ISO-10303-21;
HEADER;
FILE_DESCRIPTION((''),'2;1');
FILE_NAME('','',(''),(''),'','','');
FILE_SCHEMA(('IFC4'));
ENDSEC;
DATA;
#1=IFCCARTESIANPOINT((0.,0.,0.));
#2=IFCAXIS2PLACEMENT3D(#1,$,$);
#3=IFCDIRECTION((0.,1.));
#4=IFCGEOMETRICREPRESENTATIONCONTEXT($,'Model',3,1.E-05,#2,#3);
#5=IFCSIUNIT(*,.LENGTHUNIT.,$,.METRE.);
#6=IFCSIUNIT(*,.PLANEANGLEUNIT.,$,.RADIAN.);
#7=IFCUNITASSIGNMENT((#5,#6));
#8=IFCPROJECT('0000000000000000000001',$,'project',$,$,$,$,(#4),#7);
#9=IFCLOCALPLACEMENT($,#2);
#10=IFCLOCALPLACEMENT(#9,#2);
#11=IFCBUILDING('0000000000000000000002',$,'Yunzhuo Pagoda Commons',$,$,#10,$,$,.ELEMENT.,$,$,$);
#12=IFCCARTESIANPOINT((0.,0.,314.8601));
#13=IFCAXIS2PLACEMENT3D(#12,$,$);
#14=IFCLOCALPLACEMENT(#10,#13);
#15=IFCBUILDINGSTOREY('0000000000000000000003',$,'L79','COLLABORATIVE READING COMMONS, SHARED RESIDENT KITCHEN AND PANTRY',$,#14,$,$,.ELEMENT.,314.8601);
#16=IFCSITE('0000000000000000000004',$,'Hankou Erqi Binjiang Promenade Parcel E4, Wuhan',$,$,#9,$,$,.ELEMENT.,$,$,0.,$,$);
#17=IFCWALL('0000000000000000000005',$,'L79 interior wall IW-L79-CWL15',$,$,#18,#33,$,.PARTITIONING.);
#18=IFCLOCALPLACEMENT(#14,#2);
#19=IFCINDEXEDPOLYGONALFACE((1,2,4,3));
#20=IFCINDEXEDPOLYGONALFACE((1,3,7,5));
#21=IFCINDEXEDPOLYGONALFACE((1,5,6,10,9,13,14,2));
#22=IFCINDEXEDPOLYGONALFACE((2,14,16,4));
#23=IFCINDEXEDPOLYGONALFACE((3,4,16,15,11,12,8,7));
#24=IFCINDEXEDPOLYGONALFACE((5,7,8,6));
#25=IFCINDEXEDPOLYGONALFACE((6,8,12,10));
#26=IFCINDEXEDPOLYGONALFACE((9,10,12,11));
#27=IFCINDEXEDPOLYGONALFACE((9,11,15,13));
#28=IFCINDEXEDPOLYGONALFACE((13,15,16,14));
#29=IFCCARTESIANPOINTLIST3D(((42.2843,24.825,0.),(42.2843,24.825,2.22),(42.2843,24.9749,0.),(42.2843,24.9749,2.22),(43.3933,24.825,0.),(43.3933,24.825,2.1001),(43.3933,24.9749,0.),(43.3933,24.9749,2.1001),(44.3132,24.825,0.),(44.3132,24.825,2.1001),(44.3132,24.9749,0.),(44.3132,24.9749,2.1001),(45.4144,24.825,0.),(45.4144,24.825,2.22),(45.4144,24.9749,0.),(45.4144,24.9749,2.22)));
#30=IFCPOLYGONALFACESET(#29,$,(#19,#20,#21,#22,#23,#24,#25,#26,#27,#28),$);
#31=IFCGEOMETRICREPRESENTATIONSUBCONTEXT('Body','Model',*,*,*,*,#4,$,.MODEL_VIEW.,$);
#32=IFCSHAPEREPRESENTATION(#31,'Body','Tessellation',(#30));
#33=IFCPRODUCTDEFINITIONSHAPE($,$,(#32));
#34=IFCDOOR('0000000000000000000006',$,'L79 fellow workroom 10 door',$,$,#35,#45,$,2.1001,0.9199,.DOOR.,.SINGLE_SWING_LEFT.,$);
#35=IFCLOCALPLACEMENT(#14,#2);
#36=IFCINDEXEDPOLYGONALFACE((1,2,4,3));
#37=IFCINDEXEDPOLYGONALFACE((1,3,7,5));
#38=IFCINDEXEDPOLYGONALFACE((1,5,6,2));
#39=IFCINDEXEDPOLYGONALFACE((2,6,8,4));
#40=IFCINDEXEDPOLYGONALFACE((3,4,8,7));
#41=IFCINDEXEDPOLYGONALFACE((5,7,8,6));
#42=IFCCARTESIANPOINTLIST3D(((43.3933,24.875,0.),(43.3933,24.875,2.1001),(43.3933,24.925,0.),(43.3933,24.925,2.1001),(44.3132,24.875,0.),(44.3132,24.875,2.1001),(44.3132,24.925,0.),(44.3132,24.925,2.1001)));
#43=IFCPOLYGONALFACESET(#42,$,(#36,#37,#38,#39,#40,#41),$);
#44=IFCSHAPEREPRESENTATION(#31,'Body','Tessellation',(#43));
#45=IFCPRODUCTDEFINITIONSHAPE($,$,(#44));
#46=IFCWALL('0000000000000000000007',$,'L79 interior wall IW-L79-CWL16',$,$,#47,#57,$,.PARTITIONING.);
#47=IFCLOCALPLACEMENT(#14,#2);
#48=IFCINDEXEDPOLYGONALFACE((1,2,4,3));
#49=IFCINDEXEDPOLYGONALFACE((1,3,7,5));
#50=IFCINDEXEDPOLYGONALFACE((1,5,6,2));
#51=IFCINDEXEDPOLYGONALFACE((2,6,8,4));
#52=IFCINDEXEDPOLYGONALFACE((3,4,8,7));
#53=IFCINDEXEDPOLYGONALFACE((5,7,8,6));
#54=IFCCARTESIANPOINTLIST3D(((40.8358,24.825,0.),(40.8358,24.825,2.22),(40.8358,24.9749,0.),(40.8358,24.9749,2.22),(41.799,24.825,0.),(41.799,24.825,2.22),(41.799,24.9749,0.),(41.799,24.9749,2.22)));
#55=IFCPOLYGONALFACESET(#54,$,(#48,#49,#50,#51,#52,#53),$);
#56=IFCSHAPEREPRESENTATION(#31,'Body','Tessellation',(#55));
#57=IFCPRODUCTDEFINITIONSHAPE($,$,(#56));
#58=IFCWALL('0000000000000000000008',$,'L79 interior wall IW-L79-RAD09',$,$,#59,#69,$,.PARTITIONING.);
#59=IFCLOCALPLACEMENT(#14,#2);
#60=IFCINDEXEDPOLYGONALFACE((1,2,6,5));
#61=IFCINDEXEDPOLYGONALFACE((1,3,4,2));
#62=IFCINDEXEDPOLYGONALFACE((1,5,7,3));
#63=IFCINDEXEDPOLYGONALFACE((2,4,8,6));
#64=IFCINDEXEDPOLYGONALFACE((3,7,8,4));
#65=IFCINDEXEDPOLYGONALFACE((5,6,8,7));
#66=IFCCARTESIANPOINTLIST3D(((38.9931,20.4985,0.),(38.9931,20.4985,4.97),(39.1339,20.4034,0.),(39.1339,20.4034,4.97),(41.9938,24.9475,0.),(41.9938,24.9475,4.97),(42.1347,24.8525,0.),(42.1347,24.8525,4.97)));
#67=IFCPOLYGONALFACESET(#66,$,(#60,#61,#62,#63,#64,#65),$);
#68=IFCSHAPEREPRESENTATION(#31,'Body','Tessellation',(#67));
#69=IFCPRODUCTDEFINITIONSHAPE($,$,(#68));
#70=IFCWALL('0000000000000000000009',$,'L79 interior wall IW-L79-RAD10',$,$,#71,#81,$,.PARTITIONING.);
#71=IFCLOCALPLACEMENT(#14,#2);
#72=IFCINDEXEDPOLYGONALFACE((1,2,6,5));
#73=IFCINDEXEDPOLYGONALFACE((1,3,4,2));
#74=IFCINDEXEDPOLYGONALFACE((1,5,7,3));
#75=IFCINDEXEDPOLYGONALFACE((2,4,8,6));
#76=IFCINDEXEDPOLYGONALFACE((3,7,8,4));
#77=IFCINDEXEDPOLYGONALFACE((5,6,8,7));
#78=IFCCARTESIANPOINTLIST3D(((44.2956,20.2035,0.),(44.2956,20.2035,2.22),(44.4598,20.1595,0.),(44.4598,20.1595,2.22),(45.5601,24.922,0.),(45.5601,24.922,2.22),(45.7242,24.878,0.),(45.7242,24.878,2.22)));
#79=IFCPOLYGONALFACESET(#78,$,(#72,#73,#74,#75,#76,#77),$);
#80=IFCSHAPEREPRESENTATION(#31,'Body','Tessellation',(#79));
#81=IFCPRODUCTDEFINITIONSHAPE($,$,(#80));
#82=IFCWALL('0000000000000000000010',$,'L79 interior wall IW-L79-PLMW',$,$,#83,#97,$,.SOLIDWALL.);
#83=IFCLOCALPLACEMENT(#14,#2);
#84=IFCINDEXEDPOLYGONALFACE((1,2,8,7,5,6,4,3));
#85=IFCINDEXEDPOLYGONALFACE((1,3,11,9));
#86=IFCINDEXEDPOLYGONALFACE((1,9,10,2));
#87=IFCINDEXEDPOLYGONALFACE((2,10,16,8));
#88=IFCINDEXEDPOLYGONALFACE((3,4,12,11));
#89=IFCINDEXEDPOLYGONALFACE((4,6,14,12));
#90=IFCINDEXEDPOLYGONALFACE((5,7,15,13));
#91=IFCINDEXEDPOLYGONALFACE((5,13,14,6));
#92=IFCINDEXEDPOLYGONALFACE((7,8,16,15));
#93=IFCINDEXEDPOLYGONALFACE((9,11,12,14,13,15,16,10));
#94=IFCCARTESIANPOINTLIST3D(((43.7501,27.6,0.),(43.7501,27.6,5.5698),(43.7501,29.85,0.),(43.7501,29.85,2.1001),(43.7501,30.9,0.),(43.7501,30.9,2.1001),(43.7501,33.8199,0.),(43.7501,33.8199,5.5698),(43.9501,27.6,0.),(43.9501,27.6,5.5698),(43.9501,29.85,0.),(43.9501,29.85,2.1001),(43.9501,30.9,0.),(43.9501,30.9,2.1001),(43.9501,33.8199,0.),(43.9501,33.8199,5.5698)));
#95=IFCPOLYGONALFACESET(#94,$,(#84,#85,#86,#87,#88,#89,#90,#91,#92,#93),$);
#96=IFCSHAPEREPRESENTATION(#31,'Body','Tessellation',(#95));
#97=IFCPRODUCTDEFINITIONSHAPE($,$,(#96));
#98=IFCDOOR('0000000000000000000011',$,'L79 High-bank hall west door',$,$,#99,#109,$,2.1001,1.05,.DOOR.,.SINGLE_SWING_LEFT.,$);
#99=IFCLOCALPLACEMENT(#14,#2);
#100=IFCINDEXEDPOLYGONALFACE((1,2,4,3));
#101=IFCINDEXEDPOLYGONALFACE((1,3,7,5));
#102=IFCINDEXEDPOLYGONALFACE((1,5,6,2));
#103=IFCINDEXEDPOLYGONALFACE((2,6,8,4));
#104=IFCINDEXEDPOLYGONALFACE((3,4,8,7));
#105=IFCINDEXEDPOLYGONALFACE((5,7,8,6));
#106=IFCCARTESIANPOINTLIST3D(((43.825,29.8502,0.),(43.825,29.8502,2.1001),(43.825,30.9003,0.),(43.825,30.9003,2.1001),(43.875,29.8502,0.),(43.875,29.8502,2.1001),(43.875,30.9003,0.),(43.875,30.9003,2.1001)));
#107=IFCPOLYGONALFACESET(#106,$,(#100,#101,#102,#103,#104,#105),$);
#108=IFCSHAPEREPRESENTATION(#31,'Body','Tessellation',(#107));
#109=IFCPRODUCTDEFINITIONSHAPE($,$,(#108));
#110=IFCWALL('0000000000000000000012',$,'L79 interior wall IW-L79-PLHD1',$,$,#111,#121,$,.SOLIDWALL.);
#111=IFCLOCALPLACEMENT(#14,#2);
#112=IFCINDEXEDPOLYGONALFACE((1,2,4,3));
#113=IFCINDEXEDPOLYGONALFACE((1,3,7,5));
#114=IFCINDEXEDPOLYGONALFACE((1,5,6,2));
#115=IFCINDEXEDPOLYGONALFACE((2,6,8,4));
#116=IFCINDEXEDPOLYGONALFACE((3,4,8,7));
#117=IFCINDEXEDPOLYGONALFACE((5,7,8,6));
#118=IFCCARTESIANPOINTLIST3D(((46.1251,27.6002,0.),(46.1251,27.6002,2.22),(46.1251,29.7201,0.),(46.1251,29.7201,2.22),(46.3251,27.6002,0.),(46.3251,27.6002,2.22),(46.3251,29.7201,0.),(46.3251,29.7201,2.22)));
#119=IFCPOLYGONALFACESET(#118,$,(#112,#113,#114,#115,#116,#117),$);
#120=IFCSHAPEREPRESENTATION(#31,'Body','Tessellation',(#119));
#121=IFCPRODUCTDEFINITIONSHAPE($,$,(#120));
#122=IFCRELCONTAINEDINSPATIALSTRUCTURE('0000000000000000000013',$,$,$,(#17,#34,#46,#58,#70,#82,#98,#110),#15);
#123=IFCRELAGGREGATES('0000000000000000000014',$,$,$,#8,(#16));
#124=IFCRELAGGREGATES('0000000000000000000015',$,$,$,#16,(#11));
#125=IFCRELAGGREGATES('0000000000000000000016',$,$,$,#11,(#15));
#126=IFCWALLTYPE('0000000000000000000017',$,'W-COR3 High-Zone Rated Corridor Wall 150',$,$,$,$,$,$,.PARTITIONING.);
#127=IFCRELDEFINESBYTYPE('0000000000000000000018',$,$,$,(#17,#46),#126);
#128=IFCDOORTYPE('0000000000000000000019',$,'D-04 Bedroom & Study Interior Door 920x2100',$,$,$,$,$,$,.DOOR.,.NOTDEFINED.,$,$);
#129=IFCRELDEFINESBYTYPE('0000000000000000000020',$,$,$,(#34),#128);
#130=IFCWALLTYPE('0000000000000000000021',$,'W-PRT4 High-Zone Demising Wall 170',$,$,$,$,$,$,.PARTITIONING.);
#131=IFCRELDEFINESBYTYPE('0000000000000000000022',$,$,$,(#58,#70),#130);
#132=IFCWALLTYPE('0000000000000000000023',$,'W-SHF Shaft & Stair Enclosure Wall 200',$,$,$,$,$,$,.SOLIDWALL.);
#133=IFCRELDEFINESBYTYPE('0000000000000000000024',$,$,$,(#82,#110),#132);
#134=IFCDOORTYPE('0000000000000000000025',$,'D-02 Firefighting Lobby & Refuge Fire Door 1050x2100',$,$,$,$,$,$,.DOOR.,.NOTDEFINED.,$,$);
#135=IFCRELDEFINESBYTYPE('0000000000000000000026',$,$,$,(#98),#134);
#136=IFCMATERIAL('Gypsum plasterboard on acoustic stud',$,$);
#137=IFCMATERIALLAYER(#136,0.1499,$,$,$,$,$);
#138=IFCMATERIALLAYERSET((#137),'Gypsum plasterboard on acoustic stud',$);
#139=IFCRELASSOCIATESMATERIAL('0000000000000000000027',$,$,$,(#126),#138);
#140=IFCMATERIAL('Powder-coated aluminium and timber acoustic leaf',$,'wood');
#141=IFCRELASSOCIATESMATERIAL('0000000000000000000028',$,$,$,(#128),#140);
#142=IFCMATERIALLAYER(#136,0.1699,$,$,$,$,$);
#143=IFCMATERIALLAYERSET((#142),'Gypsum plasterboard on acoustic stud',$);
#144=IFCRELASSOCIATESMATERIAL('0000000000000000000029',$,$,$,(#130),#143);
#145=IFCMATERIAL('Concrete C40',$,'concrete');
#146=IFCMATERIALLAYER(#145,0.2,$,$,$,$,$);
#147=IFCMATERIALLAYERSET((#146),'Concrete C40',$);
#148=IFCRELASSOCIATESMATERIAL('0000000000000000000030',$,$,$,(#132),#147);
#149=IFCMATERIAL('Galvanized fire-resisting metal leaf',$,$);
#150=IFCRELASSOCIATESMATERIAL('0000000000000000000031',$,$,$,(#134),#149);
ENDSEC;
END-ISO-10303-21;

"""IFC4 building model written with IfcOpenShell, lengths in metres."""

from ifc_helpers import new_model, si_unit, direction, frame, frame_2d, origin, origin_with_axes, place, context, subcontext, project, spatial, rectangle, extrude, source, transform, mapped, material, layer, layer_set, type_object, element, fill, save


model = new_model("IFC4")

# Units and contexts
model_context = context("Model", 3, precision=1e-05, world=origin(), true_north=direction((0.0, 1.0)))
body_context = subcontext(model_context, "Body", "Model", "MODEL_VIEW")
ifc_project = project(units=[si_unit("LENGTHUNIT", "METRE"), si_unit("PLANEANGLEUNIT", "RADIAN")], contexts=[model_context])

# Site, building, storey
site_placement = place(None, origin())
site = spatial("IfcSite", under=ifc_project, at=site_placement, Name="Hankou Erqi Binjiang Promenade Parcel E4, Wuhan", CompositionType="ELEMENT", RefElevation=0.0)
building_placement = place(site_placement, origin())
building = spatial("IfcBuilding", under=site, at=building_placement, Name="Yunzhuo Pagoda Commons", CompositionType="ELEMENT")
storey_placement = place(building_placement, frame((0.0, 0.0, 314.8601)))
storey = spatial("IfcBuildingStorey", under=building, at=storey_placement, Name="L79", Description="COLLABORATIVE READING COMMONS, SHARED RESIDENT KITCHEN AND PANTRY", CompositionType="ELEMENT", Elevation=314.8601)

# Shared definitions
ifc_material_1 = material(Name="Gypsum plasterboard on acoustic stud")
ifc_layer_1 = layer(ifc_material_1, 0.1499)
ifc_layer_set_1 = layer_set([ifc_layer_1], Name="Gypsum plasterboard on acoustic stud")
wall_type_1 = type_object("IfcWallType", Name="W-COR3 High-Zone Rated Corridor Wall 150", PredefinedType="PARTITIONING", material=ifc_layer_set_1)
ifc_material_2 = material(Name="Galvanized fire-resisting metal leaf")

# Wall, opening, door
wall_1_placement = place(storey_placement, frame((45.4143, 24.8999, 0.0), z_axis=(0.0, 0.0, 1.0), x_axis=(-1.0, 0.0, 0.0)))
wall_1 = element("IfcWall", 1, at=wall_1_placement, inside=storey, type_object=wall_type_1, Name="L79 interior wall IW-L79-CWL15", PredefinedType="PARTITIONING", context=body_context, shape_type="SweptSolid", body=[
    extrude(rectangle(XDim=3.1301, YDim=0.1499, at=frame_2d((1.5649, 0.0))), origin(), (0.0, 0.0, 1.0), 2.22),
])
opening_1_placement = place(wall_1_placement, frame((1.1011, 0.0, 0.0)))
opening_1 = element("IfcOpeningElement", 2, at=opening_1_placement, cuts=wall_1, PredefinedType="OPENING", context=body_context, shape_type="SweptSolid", body=[
    extrude(rectangle(XDim=0.9199, YDim=2.1001, at=frame_2d((0.46, 1.05))), frame((0.0, 0.085, 0.0), z_axis=(0.0, -1.0, 0.0), x_axis=(1.0, 0.0, 0.0)), (0.0, 0.0, 1.0), 0.1699),
])
ifc_material_3 = material(Name="Powder-coated aluminium and timber acoustic leaf", Category="wood")
door_type_1 = type_object("IfcDoorType", Name="D-04 Bedroom & Study Interior Door 920x2100", OperationType="NOTDEFINED", PredefinedType="DOOR", material=ifc_material_3)
shared_shape_1 = source(origin(), body_context, "Body", "SweptSolid", [
    extrude(rectangle(XDim=0.9199, YDim=2.1001, at=frame_2d((0.46, 1.05))), frame((0.0, 0.0249, 0.0), z_axis=(0.0, -1.0, 0.0), x_axis=(1.0, 0.0, 0.0)), (0.0, 0.0, 1.0), 0.05),
])
door_1_placement = place(opening_1_placement, origin_with_axes())
door_1 = element("IfcDoor", 3, at=door_1_placement, inside=storey, type_object=door_type_1, Name="L79 fellow workroom 10 door", OperationType="SINGLE_SWING_LEFT", OverallHeight=2.1001, OverallWidth=0.9199, PredefinedType="DOOR", context=body_context, shape_type="MappedRepresentation", body=[
    mapped(shared_shape_1, transform((0.0, 0.0, 0.0), scale=1.0)),
])
fill(opening_1, door_1)

# Walls
wall_2_placement = place(storey_placement, frame((41.7988, 24.8999, 0.0), z_axis=(0.0, 0.0, 1.0), x_axis=(-1.0, 0.0, 0.0)))
element("IfcWall", 4, at=wall_2_placement, inside=storey, type_object=wall_type_1, Name="L79 interior wall IW-L79-CWL16", PredefinedType="PARTITIONING", context=body_context, shape_type="SweptSolid", body=[
    extrude(rectangle(XDim=0.9631, YDim=0.1499, at=frame_2d((0.4814, 0.0))), origin(), (0.0, 0.0, 1.0), 2.22),
])
ifc_layer_2 = layer(ifc_material_1, 0.1699)
ifc_layer_set_2 = layer_set([ifc_layer_2], Name="Gypsum plasterboard on acoustic stud")
wall_type_2 = type_object("IfcWallType", Name="W-PRT4 High-Zone Demising Wall 170", PredefinedType="PARTITIONING", material=ifc_layer_set_2)
wall_3_placement = place(storey_placement, frame((42.0642, 24.8999, 0.0), z_axis=(0.0, 0.0, 1.0), x_axis=(-0.559175, -0.82905, 0.0)))
element("IfcWall", 5, at=wall_3_placement, inside=storey, type_object=wall_type_2, Name="L79 interior wall IW-L79-RAD09", PredefinedType="PARTITIONING", context=body_context, shape_type="SweptSolid", body=[
    extrude(rectangle(XDim=5.3665, YDim=0.1699, at=frame_2d((2.6831, 0.0))), origin(), (0.0, 0.0, 1.0), 4.97),
])
wall_4_placement = place(storey_placement, frame((45.6421, 24.8999, 0.0), z_axis=(0.0, 0.0, 1.0), x_axis=(-0.258835, -0.965922, 0.0)))
element("IfcWall", 6, at=wall_4_placement, inside=storey, type_object=wall_type_2, Name="L79 interior wall IW-L79-RAD10", PredefinedType="PARTITIONING", context=body_context, shape_type="SweptSolid", body=[
    extrude(rectangle(XDim=4.885, YDim=0.1699, at=frame_2d((2.4424, 0.0))), origin(), (0.0, 0.0, 1.0), 2.22),
])

# Wall, opening, door
ifc_material_4 = material(Name="Concrete C40", Category="concrete")
ifc_layer_3 = layer(ifc_material_4, 0.2)
ifc_layer_set_3 = layer_set([ifc_layer_3], Name="Concrete C40")
wall_type_3 = type_object("IfcWallType", Name="W-SHF Shaft & Stair Enclosure Wall 200", PredefinedType="SOLIDWALL", material=ifc_layer_set_3)
wall_5_placement = place(storey_placement, frame((43.8501, 27.6001, 0.0), z_axis=(0.0, 0.0, 1.0), x_axis=(0.0, 1.0, 0.0)))
wall_5 = element("IfcWall", 7, at=wall_5_placement, inside=storey, type_object=wall_type_3, Name="L79 interior wall IW-L79-PLMW", PredefinedType="SOLIDWALL", context=body_context, shape_type="SweptSolid", body=[
    extrude(rectangle(XDim=6.22, YDim=0.2, at=frame_2d((3.1099, 0.0))), origin(), (0.0, 0.0, 1.0), 5.5698),
])
opening_2_placement = place(wall_5_placement, frame((2.25, 0.0, 0.0)))
opening_2 = element("IfcOpeningElement", 8, at=opening_2_placement, cuts=wall_5, PredefinedType="OPENING", context=body_context, shape_type="SweptSolid", body=[
    extrude(rectangle(XDim=1.05, YDim=2.1001, at=frame_2d((0.5249, 1.05))), frame((0.0, 0.1099, 0.0), z_axis=(0.0, -1.0, 0.0), x_axis=(1.0, 0.0, 0.0)), (0.0, 0.0, 1.0), 0.22),
])
door_type_2 = type_object("IfcDoorType", Name="D-02 Firefighting Lobby & Refuge Fire Door 1050x2100", OperationType="NOTDEFINED", PredefinedType="DOOR", material=ifc_material_2)
shared_shape_2 = source(origin(), body_context, "Body", "SweptSolid", [
    extrude(rectangle(XDim=1.05, YDim=2.1001, at=frame_2d((0.5249, 1.05))), frame((0.0, 0.0249, 0.0), z_axis=(0.0, -1.0, 0.0), x_axis=(1.0, 0.0, 0.0)), (0.0, 0.0, 1.0), 0.05),
])
door_2_placement = place(opening_2_placement, frame((1.05, 0.0, 0.0), z_axis=(0.0, 0.0, 1.0), x_axis=(-1.0, 0.0, 0.0)))
door_2 = element("IfcDoor", 9, at=door_2_placement, inside=storey, type_object=door_type_2, Name="L79 High-bank hall west door", OperationType="SINGLE_SWING_LEFT", OverallHeight=2.1001, OverallWidth=1.05, PredefinedType="DOOR", context=body_context, shape_type="MappedRepresentation", body=[
    mapped(shared_shape_2, transform((0.0, 0.0, 0.0), scale=1.0)),
])
fill(opening_2, door_2)

# Wall
wall_6_placement = place(storey_placement, frame((46.2251, 27.6001, 0.0), z_axis=(0.0, 0.0, 1.0), x_axis=(0.0, 1.0, 0.0)))
element("IfcWall", 10, at=wall_6_placement, inside=storey, type_object=wall_type_3, Name="L79 interior wall IW-L79-PLHD1", PredefinedType="SOLIDWALL", context=body_context, shape_type="SweptSolid", body=[
    extrude(rectangle(XDim=2.1199, YDim=0.2, at=frame_2d((1.0601, 0.0))), origin(), (0.0, 0.0, 1.0), 2.22),
])

save(model, "model.ifc")
